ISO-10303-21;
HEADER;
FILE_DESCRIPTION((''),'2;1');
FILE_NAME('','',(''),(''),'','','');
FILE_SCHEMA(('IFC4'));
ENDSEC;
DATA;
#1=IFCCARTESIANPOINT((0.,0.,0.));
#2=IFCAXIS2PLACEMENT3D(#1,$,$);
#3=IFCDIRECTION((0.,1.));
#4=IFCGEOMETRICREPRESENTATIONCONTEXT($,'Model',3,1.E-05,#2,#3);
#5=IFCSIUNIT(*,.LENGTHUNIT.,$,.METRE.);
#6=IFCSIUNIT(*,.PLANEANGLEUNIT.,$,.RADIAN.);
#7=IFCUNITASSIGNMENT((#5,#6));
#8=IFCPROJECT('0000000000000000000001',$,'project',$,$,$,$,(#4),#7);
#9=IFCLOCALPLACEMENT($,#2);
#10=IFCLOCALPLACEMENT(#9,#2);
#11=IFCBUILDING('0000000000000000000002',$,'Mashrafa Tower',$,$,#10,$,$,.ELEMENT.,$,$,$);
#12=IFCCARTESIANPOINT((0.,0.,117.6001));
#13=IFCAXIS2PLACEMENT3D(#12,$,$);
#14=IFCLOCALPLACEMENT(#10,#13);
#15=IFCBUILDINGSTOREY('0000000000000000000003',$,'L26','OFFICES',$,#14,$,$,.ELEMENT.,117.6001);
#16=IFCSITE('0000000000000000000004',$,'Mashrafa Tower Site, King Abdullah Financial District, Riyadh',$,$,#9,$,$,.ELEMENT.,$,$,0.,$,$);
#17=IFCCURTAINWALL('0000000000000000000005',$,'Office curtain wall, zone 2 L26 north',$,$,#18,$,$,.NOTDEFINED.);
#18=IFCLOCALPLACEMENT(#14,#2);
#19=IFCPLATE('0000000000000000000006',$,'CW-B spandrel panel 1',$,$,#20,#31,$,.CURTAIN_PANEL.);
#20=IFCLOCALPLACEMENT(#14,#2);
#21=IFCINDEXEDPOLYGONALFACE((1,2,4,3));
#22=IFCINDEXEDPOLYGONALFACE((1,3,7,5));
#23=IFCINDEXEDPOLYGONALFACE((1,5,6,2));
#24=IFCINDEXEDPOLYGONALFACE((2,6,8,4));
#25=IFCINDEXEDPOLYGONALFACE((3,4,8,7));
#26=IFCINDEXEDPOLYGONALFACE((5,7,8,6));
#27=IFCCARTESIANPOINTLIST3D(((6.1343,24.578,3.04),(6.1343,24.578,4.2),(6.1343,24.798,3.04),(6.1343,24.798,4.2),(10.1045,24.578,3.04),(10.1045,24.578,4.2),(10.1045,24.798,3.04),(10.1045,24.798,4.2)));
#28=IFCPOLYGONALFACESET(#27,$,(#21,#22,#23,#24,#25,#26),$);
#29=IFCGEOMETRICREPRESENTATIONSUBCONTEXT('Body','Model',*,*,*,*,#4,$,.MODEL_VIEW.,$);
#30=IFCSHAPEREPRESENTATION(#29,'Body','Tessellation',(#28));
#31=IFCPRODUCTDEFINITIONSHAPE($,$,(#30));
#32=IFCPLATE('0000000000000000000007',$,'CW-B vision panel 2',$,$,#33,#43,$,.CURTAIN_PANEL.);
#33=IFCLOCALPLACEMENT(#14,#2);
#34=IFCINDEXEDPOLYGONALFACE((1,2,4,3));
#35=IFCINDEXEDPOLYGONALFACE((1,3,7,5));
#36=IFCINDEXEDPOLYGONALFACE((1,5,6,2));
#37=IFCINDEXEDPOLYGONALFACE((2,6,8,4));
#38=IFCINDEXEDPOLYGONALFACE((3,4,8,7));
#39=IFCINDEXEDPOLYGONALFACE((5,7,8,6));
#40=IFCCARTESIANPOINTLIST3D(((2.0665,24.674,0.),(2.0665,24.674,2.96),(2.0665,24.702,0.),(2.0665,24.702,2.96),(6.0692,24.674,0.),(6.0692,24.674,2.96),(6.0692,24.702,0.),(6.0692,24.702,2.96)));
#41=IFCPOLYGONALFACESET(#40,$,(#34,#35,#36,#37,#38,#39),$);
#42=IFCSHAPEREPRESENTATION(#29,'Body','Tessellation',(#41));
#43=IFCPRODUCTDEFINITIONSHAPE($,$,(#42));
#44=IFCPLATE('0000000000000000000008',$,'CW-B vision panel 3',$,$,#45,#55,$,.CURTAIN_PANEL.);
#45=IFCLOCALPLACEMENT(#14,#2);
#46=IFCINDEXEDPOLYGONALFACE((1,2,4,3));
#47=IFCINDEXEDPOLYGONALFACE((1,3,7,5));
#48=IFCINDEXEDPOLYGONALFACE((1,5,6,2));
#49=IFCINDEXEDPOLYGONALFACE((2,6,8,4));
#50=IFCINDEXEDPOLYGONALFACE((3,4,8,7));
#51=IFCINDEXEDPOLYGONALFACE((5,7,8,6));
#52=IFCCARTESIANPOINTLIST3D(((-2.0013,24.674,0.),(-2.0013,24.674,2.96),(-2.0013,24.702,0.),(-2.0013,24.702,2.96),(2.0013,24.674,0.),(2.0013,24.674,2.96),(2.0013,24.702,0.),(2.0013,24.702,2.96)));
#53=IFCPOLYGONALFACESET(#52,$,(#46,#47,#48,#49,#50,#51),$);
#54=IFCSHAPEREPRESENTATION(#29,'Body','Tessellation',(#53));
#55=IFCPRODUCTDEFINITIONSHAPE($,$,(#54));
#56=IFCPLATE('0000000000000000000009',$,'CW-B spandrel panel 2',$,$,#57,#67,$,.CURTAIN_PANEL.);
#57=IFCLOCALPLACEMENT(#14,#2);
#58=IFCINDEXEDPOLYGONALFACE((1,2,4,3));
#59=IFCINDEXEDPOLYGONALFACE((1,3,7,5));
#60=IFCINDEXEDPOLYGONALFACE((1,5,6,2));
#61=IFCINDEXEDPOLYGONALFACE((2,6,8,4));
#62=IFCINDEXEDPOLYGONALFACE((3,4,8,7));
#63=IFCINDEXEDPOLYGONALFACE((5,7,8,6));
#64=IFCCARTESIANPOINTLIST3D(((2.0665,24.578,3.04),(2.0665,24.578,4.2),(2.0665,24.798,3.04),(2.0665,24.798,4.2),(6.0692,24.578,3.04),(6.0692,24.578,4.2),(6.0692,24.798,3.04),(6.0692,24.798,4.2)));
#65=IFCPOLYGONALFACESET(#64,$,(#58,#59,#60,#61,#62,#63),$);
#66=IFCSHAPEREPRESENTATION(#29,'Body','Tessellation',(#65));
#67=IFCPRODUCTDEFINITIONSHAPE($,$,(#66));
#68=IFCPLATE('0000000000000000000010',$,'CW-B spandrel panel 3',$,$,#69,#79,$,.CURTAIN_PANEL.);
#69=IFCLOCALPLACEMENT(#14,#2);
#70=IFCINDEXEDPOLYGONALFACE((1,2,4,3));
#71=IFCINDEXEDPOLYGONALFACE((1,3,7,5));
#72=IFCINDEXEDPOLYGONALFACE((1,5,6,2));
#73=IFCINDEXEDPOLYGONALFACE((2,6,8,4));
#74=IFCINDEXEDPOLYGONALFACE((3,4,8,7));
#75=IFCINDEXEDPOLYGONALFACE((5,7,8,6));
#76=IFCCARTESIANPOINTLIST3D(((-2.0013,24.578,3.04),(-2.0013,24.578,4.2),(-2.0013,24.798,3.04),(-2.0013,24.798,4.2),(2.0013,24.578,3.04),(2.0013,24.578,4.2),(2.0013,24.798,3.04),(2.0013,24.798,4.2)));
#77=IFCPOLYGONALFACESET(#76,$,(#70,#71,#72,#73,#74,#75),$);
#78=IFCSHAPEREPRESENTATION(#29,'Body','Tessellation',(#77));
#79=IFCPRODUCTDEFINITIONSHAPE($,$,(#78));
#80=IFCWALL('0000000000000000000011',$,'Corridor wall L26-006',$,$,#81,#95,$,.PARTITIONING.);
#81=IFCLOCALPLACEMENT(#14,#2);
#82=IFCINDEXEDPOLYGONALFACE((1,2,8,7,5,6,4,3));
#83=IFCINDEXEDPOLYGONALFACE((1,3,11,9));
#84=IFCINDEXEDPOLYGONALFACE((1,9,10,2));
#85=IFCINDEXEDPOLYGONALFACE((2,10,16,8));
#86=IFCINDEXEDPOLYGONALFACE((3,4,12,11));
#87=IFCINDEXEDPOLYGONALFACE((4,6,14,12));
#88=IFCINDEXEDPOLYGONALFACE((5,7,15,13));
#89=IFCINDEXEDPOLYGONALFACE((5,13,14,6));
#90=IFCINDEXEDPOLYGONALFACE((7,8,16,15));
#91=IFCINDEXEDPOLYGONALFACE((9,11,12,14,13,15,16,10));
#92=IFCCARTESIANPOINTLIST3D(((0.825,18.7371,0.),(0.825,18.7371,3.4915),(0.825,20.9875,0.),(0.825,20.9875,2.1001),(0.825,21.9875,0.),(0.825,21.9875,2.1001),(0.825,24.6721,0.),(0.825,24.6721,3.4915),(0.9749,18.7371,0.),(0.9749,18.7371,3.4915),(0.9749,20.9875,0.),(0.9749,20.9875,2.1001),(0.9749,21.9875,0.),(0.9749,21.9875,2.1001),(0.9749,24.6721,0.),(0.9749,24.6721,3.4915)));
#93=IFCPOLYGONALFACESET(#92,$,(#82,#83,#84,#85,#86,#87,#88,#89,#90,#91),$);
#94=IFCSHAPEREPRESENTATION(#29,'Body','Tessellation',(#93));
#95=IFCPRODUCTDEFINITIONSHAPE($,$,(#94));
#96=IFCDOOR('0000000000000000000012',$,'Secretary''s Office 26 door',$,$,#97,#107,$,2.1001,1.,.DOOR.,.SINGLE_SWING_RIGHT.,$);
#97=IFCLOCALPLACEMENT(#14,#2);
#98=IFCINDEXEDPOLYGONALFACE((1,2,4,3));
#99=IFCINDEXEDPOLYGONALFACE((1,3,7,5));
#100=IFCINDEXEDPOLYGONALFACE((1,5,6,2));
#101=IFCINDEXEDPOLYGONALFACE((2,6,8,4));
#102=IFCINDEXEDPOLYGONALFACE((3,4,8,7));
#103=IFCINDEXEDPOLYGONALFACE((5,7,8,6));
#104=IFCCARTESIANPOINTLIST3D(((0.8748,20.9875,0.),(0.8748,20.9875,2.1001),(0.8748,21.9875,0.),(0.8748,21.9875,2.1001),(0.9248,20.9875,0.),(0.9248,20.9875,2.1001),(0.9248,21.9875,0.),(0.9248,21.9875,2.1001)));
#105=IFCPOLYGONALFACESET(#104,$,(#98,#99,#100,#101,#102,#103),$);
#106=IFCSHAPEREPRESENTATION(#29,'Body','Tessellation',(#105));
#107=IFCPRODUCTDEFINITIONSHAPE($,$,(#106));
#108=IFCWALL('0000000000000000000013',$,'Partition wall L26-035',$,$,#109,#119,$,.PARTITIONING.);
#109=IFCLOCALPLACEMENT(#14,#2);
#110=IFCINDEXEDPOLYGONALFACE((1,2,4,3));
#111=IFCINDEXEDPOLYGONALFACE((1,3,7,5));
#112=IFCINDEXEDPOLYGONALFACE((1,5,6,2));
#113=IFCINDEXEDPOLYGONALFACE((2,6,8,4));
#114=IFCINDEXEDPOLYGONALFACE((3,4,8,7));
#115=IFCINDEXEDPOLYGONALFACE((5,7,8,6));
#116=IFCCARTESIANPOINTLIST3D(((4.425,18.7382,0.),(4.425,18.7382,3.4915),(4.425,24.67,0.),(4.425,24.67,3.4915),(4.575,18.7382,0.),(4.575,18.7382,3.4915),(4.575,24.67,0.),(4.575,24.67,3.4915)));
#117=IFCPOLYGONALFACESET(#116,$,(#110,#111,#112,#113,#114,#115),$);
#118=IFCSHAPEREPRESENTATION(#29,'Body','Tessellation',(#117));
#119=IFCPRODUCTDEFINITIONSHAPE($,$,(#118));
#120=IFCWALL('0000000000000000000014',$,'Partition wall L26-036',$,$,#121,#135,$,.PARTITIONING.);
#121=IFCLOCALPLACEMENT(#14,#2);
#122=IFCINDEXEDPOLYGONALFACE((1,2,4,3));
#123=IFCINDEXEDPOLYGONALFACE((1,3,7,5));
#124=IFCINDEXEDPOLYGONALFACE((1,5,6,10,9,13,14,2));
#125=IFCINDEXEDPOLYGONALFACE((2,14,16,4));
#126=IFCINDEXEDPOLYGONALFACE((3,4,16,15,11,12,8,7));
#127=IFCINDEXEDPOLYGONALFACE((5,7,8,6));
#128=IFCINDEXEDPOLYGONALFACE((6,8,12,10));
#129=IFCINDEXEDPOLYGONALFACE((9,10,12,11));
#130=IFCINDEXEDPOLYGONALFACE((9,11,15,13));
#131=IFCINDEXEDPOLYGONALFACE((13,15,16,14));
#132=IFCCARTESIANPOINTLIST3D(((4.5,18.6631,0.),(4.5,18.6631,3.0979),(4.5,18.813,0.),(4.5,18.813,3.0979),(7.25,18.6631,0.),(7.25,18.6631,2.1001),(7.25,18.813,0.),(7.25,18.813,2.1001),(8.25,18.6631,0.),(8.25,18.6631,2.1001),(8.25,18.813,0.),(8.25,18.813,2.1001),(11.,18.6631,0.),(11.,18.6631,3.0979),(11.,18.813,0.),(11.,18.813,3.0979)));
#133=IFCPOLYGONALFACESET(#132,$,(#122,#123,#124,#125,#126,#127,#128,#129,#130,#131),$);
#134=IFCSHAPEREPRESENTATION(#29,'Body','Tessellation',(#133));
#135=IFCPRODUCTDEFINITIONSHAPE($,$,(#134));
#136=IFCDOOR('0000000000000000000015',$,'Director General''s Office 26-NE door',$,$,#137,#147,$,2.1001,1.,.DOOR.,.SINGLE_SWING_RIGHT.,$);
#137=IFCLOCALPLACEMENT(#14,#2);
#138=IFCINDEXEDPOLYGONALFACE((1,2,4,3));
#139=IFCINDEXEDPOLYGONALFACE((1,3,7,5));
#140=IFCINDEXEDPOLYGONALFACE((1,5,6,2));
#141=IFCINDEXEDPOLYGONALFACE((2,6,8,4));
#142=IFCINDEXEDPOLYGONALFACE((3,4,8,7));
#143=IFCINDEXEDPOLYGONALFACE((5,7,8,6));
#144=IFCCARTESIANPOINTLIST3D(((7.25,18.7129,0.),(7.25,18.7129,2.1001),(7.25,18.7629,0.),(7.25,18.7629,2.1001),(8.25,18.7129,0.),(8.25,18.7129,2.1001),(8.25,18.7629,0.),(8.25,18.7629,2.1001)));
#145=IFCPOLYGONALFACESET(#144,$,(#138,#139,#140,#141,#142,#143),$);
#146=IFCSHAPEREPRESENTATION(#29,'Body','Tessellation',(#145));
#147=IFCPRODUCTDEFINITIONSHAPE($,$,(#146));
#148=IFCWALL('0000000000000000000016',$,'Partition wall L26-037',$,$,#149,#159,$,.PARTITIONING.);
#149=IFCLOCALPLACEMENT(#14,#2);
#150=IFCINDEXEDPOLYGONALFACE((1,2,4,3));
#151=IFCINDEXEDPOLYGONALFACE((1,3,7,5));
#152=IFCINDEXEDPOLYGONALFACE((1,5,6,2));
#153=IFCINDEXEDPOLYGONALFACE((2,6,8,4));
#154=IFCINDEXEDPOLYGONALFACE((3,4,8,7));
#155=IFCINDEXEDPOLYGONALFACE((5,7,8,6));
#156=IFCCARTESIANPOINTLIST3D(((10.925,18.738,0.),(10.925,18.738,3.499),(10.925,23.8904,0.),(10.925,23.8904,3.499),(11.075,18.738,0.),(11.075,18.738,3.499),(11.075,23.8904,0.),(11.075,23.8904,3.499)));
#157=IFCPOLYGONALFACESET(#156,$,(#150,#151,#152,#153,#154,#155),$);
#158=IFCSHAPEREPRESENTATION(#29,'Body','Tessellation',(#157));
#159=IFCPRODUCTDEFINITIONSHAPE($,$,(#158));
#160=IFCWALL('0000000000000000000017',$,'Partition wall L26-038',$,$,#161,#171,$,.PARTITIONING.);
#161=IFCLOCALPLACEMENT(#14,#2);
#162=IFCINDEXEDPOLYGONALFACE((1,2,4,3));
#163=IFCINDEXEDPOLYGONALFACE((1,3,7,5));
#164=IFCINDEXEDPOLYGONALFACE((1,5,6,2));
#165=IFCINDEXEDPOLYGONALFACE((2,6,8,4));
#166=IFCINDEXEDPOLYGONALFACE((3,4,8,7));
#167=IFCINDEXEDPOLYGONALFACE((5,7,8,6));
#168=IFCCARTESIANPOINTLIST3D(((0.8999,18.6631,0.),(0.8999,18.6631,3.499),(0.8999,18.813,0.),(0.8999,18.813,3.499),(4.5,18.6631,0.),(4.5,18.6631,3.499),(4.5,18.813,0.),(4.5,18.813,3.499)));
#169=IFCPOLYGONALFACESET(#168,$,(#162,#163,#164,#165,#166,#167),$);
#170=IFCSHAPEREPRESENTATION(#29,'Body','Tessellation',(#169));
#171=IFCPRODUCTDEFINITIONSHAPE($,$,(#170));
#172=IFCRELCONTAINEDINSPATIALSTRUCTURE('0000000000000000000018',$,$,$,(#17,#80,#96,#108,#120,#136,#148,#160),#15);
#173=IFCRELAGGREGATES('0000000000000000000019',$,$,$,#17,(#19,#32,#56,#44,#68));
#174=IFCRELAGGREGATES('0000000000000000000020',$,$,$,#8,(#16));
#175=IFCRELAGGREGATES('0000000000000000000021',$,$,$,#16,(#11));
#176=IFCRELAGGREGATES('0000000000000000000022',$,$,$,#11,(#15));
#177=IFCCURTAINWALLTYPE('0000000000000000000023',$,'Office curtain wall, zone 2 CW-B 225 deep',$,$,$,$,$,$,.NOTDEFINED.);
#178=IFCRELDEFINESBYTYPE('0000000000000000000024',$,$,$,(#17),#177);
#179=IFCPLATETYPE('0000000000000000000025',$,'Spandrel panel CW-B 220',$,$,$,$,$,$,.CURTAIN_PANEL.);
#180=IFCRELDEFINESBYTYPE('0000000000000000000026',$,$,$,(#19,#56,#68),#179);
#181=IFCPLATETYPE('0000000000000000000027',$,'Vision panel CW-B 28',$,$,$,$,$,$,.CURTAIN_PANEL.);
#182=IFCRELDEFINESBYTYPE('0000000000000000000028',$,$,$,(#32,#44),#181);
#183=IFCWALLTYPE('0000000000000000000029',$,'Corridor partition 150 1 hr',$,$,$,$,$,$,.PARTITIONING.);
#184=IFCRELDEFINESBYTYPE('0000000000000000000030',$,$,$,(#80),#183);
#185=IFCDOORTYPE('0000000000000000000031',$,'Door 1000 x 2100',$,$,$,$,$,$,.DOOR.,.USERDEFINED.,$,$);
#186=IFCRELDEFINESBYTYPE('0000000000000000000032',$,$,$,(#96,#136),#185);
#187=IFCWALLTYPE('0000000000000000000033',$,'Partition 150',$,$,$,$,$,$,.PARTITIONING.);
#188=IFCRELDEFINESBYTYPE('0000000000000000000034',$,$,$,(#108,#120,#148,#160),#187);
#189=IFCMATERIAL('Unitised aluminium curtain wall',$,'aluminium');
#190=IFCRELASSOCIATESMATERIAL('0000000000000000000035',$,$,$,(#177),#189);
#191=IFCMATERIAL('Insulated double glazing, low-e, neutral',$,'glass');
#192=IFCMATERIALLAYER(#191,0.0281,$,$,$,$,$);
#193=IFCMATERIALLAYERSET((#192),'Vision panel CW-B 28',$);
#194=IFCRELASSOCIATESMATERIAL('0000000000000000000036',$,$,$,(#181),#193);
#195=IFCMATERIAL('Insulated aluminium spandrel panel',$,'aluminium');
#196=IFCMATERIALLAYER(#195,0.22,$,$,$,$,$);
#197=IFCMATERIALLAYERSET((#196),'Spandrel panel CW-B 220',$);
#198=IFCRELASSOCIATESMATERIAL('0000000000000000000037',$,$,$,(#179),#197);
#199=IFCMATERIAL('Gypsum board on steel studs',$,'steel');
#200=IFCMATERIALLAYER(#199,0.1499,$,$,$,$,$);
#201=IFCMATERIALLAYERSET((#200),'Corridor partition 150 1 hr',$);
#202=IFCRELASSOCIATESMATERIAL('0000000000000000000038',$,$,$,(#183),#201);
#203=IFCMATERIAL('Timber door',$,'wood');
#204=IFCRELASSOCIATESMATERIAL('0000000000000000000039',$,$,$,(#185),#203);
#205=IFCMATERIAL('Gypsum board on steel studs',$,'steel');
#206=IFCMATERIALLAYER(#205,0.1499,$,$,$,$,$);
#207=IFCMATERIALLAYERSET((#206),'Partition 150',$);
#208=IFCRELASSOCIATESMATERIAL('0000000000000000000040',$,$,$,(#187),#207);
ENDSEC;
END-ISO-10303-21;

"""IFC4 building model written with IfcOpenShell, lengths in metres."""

from ifc_helpers import new_model, si_unit, direction, frame, frame_2d, origin, origin_2d, place, context, subcontext, project, spatial, rectangle, extrude, source, transform, mapped, material, layer, layer_set, type_object, type_shapes, element, fill, aggregate, save


model = new_model("IFC4")

# Units and contexts
model_context = context("Model", 3, precision=1e-05, world=origin(), true_north=direction((0.0, 1.0)))
body_context = subcontext(model_context, "Body", "Model", "MODEL_VIEW")
ifc_project = project(units=[si_unit("LENGTHUNIT", "METRE"), si_unit("PLANEANGLEUNIT", "RADIAN")], contexts=[model_context])

# Site, building, storey
site_placement = place(None, origin())
site = spatial("IfcSite", under=ifc_project, at=site_placement, Name="Mashrafa Tower Site, King Abdullah Financial District, Riyadh", CompositionType="ELEMENT", RefElevation=0.0)
building_placement = place(site_placement, origin())
building = spatial("IfcBuilding", under=site, at=building_placement, Name="Mashrafa Tower", CompositionType="ELEMENT")
storey_placement = place(building_placement, frame((0.0, 0.0, 117.6001)))
storey = spatial("IfcBuildingStorey", under=building, at=storey_placement, Name="L26", Description="OFFICES", CompositionType="ELEMENT", Elevation=117.6001)

# Shared definitions
ifc_material_1 = material(Name="Unitised aluminium curtain wall", Category="aluminium")
curtain_wall_type = type_object("IfcCurtainWallType", Name="Office curtain wall, zone 2 CW-B 225 deep", PredefinedType="NOTDEFINED", material=ifc_material_1)

# Curtain wall
curtain_wall_1_placement = place(storey_placement, origin())
curtain_wall_1 = element("IfcCurtainWall", 1, at=curtain_wall_1_placement, inside=storey, type_object=curtain_wall_type, Name="Office curtain wall, zone 2 L26 north", PredefinedType="NOTDEFINED")

# Plates
ifc_material_2 = material(Name="Insulated double glazing, low-e, neutral", Category="glass")
ifc_layer_1 = layer(ifc_material_2, 0.0281)
ifc_layer_set_1 = layer_set([ifc_layer_1], Name="Vision panel CW-B 28")
plate_type_1 = type_object("IfcPlateType", Name="Vision panel CW-B 28", PredefinedType="CURTAIN_PANEL", material=ifc_layer_set_1)
ifc_material_3 = material(Name="Insulated aluminium spandrel panel", Category="aluminium")
ifc_layer_2 = layer(ifc_material_3, 0.22)
ifc_layer_set_2 = layer_set([ifc_layer_2], Name="Spandrel panel CW-B 220")
plate_type_2 = type_object("IfcPlateType", Name="Spandrel panel CW-B 220", PredefinedType="CURTAIN_PANEL", material=ifc_layer_set_2)
shared_shape_1 = source(origin(), body_context, "Body", "SweptSolid", [
    extrude(rectangle(XDim=3.9702, YDim=0.22, at=origin_2d()), origin(), (0.0, 0.0, 1.0), 1.1599),
])
plate_1_placement = place(storey_placement, frame((8.1194, 24.688, 3.04), z_axis=(0.0, 0.0, 1.0), x_axis=(-1.0, 0.0, 0.0)))
plate_1 = element("IfcPlate", 2, at=plate_1_placement, type_object=plate_type_2, Name="CW-B spandrel panel 1", PredefinedType="CURTAIN_PANEL", context=body_context, shape_type="MappedRepresentation", body=[
    mapped(shared_shape_1, transform((0.0, 0.0, 0.0))),
])
shared_shape_2 = source(origin(), body_context, "Body", "SweptSolid", [
    extrude(rectangle(XDim=4.0027, YDim=0.0281, at=origin_2d()), origin(), (0.0, 0.0, 1.0), 2.96),
])
plate_2_placement = place(storey_placement, frame((4.0679, 24.688, 0.0), z_axis=(0.0, 0.0, 1.0), x_axis=(-1.0, 0.0, 0.0)))
plate_2 = element("IfcPlate", 3, at=plate_2_placement, type_object=plate_type_1, Name="CW-B vision panel 2", PredefinedType="CURTAIN_PANEL", context=body_context, shape_type="MappedRepresentation", body=[
    mapped(shared_shape_2, transform((0.0, 0.0, 0.0))),
])
plate_3_placement = place(storey_placement, frame((0.0, 24.688, 0.0), z_axis=(0.0, 0.0, 1.0), x_axis=(-1.0, 0.0, 0.0)))
plate_3 = element("IfcPlate", 4, at=plate_3_placement, type_object=plate_type_1, Name="CW-B vision panel 3", PredefinedType="CURTAIN_PANEL", context=body_context, shape_type="MappedRepresentation", body=[
    mapped(shared_shape_2, transform((0.0, 0.0, 0.0))),
])
shared_shape_3 = source(origin(), body_context, "Body", "SweptSolid", [
    extrude(rectangle(XDim=4.0027, YDim=0.22, at=origin_2d()), origin(), (0.0, 0.0, 1.0), 1.1599),
])
type_shapes(plate_type_2, [shared_shape_1, shared_shape_3])
plate_4_placement = place(storey_placement, frame((4.0679, 24.688, 3.04), z_axis=(0.0, 0.0, 1.0), x_axis=(-1.0, 0.0, 0.0)))
plate_4 = element("IfcPlate", 5, at=plate_4_placement, type_object=plate_type_2, Name="CW-B spandrel panel 2", PredefinedType="CURTAIN_PANEL", context=body_context, shape_type="MappedRepresentation", body=[
    mapped(shared_shape_3, transform((0.0, 0.0, 0.0))),
])
plate_5_placement = place(storey_placement, frame((0.0, 24.688, 3.04), z_axis=(0.0, 0.0, 1.0), x_axis=(-1.0, 0.0, 0.0)))
plate_5 = element("IfcPlate", 6, at=plate_5_placement, type_object=plate_type_2, Name="CW-B spandrel panel 3", PredefinedType="CURTAIN_PANEL", context=body_context, shape_type="MappedRepresentation", body=[
    mapped(shared_shape_3, transform((0.0, 0.0, 0.0))),
])
aggregate(curtain_wall_1, [plate_1, plate_2, plate_4, plate_3, plate_5])

# Wall, opening, door
ifc_material_4 = material(Name="Gypsum board on steel studs", Category="steel")
ifc_layer_3 = layer(ifc_material_4, 0.1499)
ifc_layer_set_3 = layer_set([ifc_layer_3], Name="Corridor partition 150 1 hr")
wall_type_1 = type_object("IfcWallType", Name="Corridor partition 150 1 hr", PredefinedType="PARTITIONING", material=ifc_layer_set_3)
wall_1_placement = place(storey_placement, frame((0.8999, 18.7371, 0.0), z_axis=(0.0, 0.0, 1.0), x_axis=(0.0, 1.0, 0.0)))
wall_1 = element("IfcWall", 7, at=wall_1_placement, inside=storey, type_object=wall_type_1, Name="Corridor wall L26-006", PredefinedType="PARTITIONING", context=body_context, shape_type="SweptSolid", body=[
    extrude(rectangle(XDim=5.9351, YDim=0.1499, at=frame_2d((2.9675, 0.0))), origin(), (0.0, 0.0, 1.0), 3.4915),
])
opening_1_placement = place(wall_1_placement, frame((2.2505, 0.0, 0.0)))
opening_1 = element("IfcOpeningElement", 8, at=opening_1_placement, cuts=wall_1, PredefinedType="OPENING", context=body_context, shape_type="SweptSolid", body=[
    extrude(rectangle(XDim=1.0, YDim=2.1001, at=frame_2d((0.5, 1.05))), frame((0.0, 0.085, 0.0), z_axis=(0.0, -1.0, 0.0), x_axis=(1.0, 0.0, 0.0)), (0.0, 0.0, 1.0), 0.1699),
])
ifc_material_5 = material(Name="Timber door", Category="wood")
door_type = type_object("IfcDoorType", Name="Door 1000 x 2100", OperationType="USERDEFINED", PredefinedType="DOOR", material=ifc_material_5)
door_1_placement = place(opening_1_placement, frame((1.0, 0.0, 0.0), z_axis=(0.0, 0.0, 1.0), x_axis=(-1.0, 0.0, 0.0)))
door_1 = element("IfcDoor", 9, at=door_1_placement, inside=storey, type_object=door_type, Name="Secretary's Office 26 door", OperationType="SINGLE_SWING_RIGHT", OverallHeight=2.1001, OverallWidth=1.0, PredefinedType="DOOR", context=body_context, shape_type="SweptSolid", body=[
    extrude(rectangle(XDim=1.0, YDim=2.1001, at=frame_2d((0.5, 1.05))), frame((0.0, 0.0249, 0.0), z_axis=(0.0, -1.0, 0.0), x_axis=(1.0, 0.0, 0.0)), (0.0, 0.0, 1.0), 0.05),
])
fill(opening_1, door_1)

# Wall
ifc_material_6 = material(Name="Gypsum board on steel studs", Category="steel")
ifc_layer_4 = layer(ifc_material_6, 0.1499)
ifc_layer_set_4 = layer_set([ifc_layer_4], Name="Partition 150")
wall_type_2 = type_object("IfcWallType", Name="Partition 150", PredefinedType="PARTITIONING", material=ifc_layer_set_4)
wall_2_placement = place(storey_placement, frame((4.5, 24.6699, 0.0), z_axis=(0.0, 0.0, 1.0), x_axis=(0.0, -1.0, 0.0)))
element("IfcWall", 10, at=wall_2_placement, inside=storey, type_object=wall_type_2, Name="Partition wall L26-035", PredefinedType="PARTITIONING", context=body_context, shape_type="SweptSolid", body=[
    extrude(rectangle(XDim=5.9319, YDim=0.1499, at=frame_2d((2.9658, 0.0))), origin(), (0.0, 0.0, 1.0), 3.4915),
])

# Wall, opening, door
wall_3_placement = place(storey_placement, frame((4.5, 18.738, 0.0), z_axis=(0.0, 0.0, 1.0), x_axis=(1.0, 0.0, 0.0)))
wall_3 = element("IfcWall", 11, at=wall_3_placement, inside=storey, type_object=wall_type_2, Name="Partition wall L26-036", PredefinedType="PARTITIONING", context=body_context, shape_type="SweptSolid", body=[
    extrude(rectangle(XDim=6.5, YDim=0.1499, at=frame_2d((3.25, 0.0))), origin(), (0.0, 0.0, 1.0), 3.0979),
])
opening_2_placement = place(wall_3_placement, frame((2.75, 0.0, 0.0)))
opening_2 = element("IfcOpeningElement", 12, at=opening_2_placement, cuts=wall_3, PredefinedType="OPENING", context=body_context, shape_type="SweptSolid", body=[
    extrude(rectangle(XDim=1.0, YDim=2.1001, at=frame_2d((0.5, 1.05))), frame((0.0, 0.085, 0.0), z_axis=(0.0, -1.0, 0.0), x_axis=(1.0, 0.0, 0.0)), (0.0, 0.0, 1.0), 0.1699),
])
door_2_placement = place(opening_2_placement, origin())
door_2 = element("IfcDoor", 13, at=door_2_placement, inside=storey, type_object=door_type, Name="Director General's Office 26-NE door", OperationType="SINGLE_SWING_RIGHT", OverallHeight=2.1001, OverallWidth=1.0, PredefinedType="DOOR", context=body_context, shape_type="SweptSolid", body=[
    extrude(rectangle(XDim=1.0, YDim=2.1001, at=frame_2d((0.5, 1.05))), frame((0.0, 0.0249, 0.0), z_axis=(0.0, -1.0, 0.0), x_axis=(1.0, 0.0, 0.0)), (0.0, 0.0, 1.0), 0.05),
])
fill(opening_2, door_2)

# Walls
wall_4_placement = place(storey_placement, frame((11.0, 18.738, 0.0), z_axis=(0.0, 0.0, 1.0), x_axis=(0.0, 1.0, 0.0)))
element("IfcWall", 14, at=wall_4_placement, inside=storey, type_object=wall_type_2, Name="Partition wall L26-037", PredefinedType="PARTITIONING", context=body_context, shape_type="SweptSolid", body=[
    extrude(rectangle(XDim=5.1523, YDim=0.1499, at=frame_2d((2.5762, 0.0))), origin(), (0.0, 0.0, 1.0), 3.499),
])
wall_5_placement = place(storey_placement, frame((0.8999, 18.738, 0.0), z_axis=(0.0, 0.0, 1.0), x_axis=(1.0, 0.0, 0.0)))
element("IfcWall", 15, at=wall_5_placement, inside=storey, type_object=wall_type_2, Name="Partition wall L26-038", PredefinedType="PARTITIONING", context=body_context, shape_type="SweptSolid", body=[
    extrude(rectangle(XDim=3.6001, YDim=0.1499, at=frame_2d((1.8, 0.0))), origin(), (0.0, 0.0, 1.0), 3.499),
])

save(model, "model.ifc")
